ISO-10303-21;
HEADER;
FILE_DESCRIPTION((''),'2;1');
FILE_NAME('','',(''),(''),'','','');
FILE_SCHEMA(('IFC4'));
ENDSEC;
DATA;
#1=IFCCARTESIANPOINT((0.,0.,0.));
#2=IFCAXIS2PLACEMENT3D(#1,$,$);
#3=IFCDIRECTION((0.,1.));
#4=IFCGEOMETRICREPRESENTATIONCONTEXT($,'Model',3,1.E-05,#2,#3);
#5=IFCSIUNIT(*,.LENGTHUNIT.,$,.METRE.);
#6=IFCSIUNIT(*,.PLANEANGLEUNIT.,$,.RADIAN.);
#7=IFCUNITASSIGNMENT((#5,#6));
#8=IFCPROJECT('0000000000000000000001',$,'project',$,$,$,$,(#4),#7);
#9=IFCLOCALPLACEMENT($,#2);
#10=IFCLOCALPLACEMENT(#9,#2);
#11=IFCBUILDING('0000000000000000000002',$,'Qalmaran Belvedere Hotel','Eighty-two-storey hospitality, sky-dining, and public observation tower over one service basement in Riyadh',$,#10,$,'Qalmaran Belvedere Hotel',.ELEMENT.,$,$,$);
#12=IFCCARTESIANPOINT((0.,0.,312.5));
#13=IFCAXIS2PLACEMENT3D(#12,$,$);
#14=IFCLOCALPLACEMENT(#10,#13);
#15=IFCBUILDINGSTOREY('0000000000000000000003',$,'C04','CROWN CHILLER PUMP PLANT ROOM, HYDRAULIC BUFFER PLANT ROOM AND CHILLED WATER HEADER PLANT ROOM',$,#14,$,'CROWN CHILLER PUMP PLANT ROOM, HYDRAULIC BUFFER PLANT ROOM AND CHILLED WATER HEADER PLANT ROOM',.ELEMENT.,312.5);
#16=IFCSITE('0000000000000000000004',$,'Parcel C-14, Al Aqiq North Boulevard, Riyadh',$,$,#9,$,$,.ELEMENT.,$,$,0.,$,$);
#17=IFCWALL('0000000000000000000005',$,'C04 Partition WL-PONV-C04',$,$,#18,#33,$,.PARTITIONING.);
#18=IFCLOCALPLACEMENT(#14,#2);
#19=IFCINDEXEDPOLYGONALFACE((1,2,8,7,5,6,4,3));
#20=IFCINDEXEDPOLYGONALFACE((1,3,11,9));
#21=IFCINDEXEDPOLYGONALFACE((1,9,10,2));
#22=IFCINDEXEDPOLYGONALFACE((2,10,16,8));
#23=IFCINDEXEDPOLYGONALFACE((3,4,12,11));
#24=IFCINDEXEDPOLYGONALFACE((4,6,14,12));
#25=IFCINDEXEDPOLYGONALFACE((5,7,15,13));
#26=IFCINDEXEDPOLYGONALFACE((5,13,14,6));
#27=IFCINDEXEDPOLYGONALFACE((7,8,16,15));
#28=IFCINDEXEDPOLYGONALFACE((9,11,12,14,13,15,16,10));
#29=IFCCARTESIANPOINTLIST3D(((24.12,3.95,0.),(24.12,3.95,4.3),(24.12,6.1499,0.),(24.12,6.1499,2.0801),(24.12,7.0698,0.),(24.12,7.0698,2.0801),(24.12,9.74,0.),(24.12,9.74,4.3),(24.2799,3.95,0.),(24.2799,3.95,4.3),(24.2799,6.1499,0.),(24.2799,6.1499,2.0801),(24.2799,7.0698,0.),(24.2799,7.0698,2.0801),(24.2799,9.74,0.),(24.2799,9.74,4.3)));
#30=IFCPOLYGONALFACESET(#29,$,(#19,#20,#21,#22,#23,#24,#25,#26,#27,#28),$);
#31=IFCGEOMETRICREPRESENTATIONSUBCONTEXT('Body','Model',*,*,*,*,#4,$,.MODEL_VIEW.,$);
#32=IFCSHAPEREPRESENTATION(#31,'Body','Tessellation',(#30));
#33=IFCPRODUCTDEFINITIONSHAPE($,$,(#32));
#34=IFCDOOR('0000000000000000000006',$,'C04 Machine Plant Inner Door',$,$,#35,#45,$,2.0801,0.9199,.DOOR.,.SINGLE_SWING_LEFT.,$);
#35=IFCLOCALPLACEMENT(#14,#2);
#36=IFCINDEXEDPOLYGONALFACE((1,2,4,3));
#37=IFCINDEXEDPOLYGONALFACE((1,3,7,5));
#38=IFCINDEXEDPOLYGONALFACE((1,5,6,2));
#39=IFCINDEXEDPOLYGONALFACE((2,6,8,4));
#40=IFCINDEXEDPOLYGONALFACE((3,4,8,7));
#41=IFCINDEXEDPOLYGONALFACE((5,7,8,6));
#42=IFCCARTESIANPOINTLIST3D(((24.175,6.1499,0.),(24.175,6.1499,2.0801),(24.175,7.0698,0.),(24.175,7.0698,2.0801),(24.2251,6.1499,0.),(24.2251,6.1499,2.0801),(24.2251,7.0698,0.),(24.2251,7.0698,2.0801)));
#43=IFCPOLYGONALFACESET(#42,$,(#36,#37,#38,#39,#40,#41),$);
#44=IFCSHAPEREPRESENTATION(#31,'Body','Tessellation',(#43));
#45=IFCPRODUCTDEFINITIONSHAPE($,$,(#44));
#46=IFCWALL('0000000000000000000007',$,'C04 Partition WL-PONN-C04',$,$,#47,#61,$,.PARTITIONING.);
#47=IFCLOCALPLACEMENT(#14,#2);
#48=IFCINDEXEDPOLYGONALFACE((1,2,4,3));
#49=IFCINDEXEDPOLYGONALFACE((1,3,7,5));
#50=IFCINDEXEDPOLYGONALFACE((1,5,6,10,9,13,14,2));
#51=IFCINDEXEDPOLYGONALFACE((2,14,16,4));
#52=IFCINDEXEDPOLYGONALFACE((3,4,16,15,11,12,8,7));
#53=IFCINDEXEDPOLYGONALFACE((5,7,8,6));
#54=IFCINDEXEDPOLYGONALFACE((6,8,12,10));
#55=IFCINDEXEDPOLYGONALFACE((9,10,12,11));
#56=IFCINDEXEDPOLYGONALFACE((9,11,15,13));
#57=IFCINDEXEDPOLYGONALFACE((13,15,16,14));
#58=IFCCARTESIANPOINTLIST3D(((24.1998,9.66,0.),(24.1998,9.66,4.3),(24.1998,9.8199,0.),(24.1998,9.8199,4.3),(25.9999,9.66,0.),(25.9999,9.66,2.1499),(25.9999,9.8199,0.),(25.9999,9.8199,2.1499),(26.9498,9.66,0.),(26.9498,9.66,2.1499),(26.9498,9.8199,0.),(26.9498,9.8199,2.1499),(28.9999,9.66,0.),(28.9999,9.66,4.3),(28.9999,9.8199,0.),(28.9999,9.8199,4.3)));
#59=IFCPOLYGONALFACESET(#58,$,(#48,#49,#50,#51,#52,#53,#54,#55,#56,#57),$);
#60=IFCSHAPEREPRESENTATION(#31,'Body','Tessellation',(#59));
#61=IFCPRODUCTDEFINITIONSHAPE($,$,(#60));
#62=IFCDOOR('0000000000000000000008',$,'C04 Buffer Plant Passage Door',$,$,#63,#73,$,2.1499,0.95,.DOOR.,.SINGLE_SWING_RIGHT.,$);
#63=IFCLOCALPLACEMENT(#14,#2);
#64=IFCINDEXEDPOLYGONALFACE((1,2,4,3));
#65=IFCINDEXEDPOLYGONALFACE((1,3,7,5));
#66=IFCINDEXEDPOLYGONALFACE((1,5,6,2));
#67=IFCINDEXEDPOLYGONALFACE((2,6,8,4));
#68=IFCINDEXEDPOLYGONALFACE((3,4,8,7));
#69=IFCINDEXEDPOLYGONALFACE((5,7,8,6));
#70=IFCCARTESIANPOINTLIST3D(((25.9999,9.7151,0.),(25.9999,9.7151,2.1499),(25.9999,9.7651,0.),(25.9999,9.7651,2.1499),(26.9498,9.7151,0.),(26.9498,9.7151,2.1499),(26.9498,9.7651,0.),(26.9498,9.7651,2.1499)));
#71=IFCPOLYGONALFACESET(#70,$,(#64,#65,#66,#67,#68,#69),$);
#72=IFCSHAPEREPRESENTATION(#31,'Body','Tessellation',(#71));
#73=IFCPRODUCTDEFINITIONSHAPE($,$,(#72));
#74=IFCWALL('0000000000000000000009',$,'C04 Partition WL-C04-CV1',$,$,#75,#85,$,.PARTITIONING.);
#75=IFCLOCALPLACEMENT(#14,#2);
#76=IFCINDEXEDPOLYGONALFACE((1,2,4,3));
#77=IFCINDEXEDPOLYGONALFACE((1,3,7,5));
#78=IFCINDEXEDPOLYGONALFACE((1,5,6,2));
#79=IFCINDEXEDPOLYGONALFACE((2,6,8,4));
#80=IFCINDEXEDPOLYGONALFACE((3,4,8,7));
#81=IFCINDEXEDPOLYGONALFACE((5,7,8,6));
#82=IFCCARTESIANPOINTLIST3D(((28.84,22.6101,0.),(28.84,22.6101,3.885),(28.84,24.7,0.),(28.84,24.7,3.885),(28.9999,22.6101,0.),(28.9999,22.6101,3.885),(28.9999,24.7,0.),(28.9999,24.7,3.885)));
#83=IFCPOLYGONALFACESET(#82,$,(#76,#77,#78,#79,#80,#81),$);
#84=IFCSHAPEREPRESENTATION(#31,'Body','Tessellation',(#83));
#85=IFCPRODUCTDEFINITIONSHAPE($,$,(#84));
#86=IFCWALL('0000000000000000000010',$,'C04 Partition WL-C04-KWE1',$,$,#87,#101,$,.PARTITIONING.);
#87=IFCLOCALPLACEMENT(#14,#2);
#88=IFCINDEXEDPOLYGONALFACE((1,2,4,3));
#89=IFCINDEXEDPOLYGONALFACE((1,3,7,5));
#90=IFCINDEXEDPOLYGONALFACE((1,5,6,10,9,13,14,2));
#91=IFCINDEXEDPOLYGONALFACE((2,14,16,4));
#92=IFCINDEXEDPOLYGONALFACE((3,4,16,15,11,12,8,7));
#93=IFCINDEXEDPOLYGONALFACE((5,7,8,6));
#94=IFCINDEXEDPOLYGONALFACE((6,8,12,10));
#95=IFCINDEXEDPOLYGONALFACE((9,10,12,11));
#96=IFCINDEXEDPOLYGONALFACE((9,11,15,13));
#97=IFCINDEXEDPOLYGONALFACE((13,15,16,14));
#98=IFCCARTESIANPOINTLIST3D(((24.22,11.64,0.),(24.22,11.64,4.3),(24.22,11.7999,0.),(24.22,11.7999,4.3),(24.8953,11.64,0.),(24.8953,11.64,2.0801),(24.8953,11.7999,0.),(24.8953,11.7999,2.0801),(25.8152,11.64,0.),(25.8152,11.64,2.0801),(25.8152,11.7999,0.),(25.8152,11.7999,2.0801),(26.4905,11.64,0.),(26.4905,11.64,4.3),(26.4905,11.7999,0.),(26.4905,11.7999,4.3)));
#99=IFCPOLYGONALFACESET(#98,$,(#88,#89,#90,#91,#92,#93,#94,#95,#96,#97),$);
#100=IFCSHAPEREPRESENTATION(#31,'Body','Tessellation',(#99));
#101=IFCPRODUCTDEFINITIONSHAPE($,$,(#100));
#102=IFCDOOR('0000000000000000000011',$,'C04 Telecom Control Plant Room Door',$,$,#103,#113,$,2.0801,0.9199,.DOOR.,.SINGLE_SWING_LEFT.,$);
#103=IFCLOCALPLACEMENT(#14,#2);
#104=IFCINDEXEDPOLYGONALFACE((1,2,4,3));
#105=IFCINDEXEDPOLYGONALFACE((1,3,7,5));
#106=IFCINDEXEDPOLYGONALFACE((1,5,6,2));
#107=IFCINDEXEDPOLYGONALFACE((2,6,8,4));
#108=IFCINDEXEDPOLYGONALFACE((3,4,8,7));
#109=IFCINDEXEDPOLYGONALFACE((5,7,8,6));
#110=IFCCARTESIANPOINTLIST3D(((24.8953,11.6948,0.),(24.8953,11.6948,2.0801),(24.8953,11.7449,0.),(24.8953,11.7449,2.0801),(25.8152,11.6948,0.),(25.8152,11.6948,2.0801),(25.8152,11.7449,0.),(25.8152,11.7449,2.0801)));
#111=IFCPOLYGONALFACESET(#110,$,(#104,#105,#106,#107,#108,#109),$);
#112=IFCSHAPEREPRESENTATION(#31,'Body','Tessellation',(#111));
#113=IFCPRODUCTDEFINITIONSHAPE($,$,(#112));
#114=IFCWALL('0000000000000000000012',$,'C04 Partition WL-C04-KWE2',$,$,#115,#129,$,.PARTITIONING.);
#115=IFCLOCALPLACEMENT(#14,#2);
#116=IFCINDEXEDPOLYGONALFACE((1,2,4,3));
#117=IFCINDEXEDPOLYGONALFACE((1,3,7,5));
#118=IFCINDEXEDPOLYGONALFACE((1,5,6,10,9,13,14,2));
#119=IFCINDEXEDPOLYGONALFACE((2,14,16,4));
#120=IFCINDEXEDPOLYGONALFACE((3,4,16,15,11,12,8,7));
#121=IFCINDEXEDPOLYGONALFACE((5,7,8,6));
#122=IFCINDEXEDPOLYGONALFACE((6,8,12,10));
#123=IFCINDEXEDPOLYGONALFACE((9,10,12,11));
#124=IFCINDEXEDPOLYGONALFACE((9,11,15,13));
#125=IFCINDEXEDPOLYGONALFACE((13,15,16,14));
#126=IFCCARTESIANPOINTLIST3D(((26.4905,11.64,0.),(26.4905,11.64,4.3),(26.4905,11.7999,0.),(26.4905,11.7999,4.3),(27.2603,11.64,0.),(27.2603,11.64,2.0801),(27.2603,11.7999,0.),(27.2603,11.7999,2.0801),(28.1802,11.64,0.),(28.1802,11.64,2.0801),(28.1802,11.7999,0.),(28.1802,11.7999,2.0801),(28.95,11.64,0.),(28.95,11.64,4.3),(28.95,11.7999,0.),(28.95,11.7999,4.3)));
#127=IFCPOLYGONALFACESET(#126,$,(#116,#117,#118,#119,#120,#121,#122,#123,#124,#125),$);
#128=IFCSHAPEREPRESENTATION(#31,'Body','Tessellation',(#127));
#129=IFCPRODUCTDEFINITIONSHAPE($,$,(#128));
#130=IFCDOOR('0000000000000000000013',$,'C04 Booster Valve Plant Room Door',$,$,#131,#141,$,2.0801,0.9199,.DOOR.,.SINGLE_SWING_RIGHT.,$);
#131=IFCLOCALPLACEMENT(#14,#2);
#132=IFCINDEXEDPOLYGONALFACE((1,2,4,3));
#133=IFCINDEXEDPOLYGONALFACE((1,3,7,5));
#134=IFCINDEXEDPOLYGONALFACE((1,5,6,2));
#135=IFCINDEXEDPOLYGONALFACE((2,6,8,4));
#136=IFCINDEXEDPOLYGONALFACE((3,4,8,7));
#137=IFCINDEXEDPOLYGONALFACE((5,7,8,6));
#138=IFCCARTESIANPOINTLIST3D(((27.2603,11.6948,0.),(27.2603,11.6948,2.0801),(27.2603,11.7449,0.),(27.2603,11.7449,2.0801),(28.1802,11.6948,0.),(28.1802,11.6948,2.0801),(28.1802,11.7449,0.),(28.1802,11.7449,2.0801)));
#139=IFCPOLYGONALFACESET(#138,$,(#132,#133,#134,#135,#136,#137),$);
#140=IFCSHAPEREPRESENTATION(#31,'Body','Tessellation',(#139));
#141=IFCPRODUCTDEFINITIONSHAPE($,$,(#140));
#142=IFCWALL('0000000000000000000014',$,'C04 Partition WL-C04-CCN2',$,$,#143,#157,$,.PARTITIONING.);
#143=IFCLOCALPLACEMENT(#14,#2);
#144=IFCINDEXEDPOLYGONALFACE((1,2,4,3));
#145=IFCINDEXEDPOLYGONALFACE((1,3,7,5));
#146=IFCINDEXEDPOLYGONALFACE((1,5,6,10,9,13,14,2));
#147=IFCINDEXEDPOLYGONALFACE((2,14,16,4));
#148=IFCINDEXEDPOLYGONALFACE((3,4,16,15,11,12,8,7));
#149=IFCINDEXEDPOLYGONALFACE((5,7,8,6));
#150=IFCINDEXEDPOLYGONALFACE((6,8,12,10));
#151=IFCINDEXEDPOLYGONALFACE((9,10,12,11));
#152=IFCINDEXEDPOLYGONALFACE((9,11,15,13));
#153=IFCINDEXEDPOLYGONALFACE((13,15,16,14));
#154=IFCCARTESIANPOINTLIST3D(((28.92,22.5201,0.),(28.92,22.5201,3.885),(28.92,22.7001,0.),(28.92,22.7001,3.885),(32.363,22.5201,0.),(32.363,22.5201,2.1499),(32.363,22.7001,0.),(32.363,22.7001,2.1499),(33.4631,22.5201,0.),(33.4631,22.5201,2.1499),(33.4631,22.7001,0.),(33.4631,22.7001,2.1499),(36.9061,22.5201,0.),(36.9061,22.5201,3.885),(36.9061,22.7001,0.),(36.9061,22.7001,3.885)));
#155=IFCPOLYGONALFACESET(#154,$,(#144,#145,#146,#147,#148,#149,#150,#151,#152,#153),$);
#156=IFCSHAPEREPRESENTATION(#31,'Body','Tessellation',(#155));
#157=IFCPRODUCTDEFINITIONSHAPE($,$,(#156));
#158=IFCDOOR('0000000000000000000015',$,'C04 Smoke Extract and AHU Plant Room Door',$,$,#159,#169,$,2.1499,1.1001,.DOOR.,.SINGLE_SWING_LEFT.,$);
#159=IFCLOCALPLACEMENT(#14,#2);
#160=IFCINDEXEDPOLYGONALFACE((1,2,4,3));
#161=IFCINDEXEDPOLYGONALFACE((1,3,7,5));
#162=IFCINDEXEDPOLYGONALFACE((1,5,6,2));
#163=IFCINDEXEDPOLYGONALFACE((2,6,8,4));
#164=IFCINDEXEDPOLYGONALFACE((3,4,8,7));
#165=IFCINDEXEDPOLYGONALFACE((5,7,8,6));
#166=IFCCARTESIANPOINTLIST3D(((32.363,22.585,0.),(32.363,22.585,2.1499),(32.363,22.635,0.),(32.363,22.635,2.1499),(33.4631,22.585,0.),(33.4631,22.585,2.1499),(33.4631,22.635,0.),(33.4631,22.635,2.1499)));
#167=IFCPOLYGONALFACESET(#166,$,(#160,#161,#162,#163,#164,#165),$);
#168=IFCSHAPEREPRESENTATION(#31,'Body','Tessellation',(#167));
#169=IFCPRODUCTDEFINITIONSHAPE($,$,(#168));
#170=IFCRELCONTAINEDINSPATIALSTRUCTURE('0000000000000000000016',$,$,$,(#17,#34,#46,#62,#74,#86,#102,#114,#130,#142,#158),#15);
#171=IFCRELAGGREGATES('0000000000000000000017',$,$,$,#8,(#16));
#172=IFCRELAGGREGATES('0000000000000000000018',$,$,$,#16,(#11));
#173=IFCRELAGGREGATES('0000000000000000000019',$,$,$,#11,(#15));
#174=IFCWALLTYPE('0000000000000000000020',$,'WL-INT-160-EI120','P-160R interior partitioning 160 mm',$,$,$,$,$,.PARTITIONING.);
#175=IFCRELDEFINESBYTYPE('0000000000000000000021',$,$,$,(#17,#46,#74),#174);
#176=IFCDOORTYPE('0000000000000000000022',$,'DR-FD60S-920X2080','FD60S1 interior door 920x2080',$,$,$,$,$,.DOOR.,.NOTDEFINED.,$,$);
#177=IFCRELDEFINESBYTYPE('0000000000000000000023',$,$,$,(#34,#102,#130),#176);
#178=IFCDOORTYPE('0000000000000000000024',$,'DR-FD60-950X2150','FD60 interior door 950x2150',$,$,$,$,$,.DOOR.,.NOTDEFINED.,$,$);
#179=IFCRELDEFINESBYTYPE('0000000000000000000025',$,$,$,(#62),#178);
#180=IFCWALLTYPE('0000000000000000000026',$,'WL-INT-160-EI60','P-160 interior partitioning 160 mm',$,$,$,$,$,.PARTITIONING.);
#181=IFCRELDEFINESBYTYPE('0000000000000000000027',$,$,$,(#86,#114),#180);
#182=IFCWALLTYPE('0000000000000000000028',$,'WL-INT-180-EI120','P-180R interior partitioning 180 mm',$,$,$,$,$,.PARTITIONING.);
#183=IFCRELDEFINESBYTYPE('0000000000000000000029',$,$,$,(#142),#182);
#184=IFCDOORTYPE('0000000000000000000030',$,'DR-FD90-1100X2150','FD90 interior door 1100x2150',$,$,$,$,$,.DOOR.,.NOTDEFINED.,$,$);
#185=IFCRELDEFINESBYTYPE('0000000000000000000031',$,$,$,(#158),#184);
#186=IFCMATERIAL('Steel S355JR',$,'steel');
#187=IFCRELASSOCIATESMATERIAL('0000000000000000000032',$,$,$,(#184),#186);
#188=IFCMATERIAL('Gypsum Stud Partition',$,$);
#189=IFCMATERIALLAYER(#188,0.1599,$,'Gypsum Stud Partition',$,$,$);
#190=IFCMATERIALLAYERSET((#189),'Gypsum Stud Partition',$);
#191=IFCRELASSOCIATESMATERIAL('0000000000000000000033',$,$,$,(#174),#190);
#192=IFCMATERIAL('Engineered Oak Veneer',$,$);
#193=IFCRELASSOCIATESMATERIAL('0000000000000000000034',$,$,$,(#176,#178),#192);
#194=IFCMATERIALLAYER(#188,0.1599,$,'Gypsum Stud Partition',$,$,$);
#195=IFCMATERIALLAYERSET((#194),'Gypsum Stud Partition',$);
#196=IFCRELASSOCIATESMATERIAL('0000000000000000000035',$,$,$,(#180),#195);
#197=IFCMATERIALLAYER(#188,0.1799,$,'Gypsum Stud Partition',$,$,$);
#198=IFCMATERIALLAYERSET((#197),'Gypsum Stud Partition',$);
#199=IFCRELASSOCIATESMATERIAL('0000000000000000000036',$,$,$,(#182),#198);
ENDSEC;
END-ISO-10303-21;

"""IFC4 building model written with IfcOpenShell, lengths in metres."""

from ifc_helpers import new_model, si_unit, direction, frame, frame_2d, origin, place, context, subcontext, project, spatial, rectangle, extrude, material, layer, layer_set, type_object, element, fill, save


model = new_model("IFC4")

# Units and contexts
model_context = context("Model", 3, precision=1e-05, world=origin(), true_north=direction((0.0, 1.0)))
body_context = subcontext(model_context, "Body", "Model", "MODEL_VIEW")
ifc_project = project(units=[si_unit("LENGTHUNIT", "METRE"), si_unit("PLANEANGLEUNIT", "RADIAN")], contexts=[model_context])

# Site, building, storey
site_placement = place(None, origin())
site = spatial("IfcSite", under=ifc_project, at=site_placement, Name="Parcel C-14, Al Aqiq North Boulevard, Riyadh", CompositionType="ELEMENT", RefElevation=0.0)
building_placement = place(site_placement, origin())
building = spatial("IfcBuilding", under=site, at=building_placement, Name="Qalmaran Belvedere Hotel", Description="Eighty-two-storey hospitality, sky-dining, and public observation tower over one service basement in Riyadh", LongName="Qalmaran Belvedere Hotel", CompositionType="ELEMENT")
storey_placement = place(building_placement, frame((0.0, 0.0, 312.5)))
storey = spatial("IfcBuildingStorey", under=building, at=storey_placement, Name="C04", Description="CROWN CHILLER PUMP PLANT ROOM, HYDRAULIC BUFFER PLANT ROOM AND CHILLED WATER HEADER PLANT ROOM", LongName="CROWN CHILLER PUMP PLANT ROOM, HYDRAULIC BUFFER PLANT ROOM AND CHILLED WATER HEADER PLANT ROOM", CompositionType="ELEMENT", Elevation=312.5)

# Shared definitions
ifc_material_1 = material(Name="Steel S355JR", Category="steel")

# Shared definitions
door_type_1 = type_object("IfcDoorType", Name="DR-FD90-1100X2150", Description="FD90 interior door 1100x2150", OperationType="NOTDEFINED", PredefinedType="DOOR", material=ifc_material_1)

# Shared definitions
ifc_material_2 = material(Name="Gypsum Stud Partition")

# Shared definitions
ifc_layer_1 = layer(ifc_material_2, 0.1599, Name="Gypsum Stud Partition")
ifc_layer_set_1 = layer_set([ifc_layer_1], Name="Gypsum Stud Partition")
wall_type_1 = type_object("IfcWallType", Name="WL-INT-160-EI120", Description="P-160R interior partitioning 160 mm", PredefinedType="PARTITIONING", material=ifc_layer_set_1)

# Walls, openings, doors
wall_1_placement = place(storey_placement, frame((24.2, 3.95, 0.0), z_axis=(0.0, 0.0, 1.0), x_axis=(0.0, 1.0, 0.0)))
wall_1 = element("IfcWall", 1, at=wall_1_placement, inside=storey, type_object=wall_type_1, Name="C04 Partition WL-PONV-C04", PredefinedType="PARTITIONING", context=body_context, shape_type="SweptSolid", body=[
    extrude(rectangle(XDim=5.79, YDim=0.1599, at=frame_2d((2.895, 0.0))), origin(), (0.0, 0.0, 1.0), 4.3),
])
opening_1_placement = place(wall_1_placement, frame((2.2, 0.0, 0.0)))
opening_1 = element("IfcOpeningElement", 2, at=opening_1_placement, cuts=wall_1, PredefinedType="OPENING", context=body_context, shape_type="SweptSolid", body=[
    extrude(rectangle(XDim=0.9199, YDim=2.0801, at=frame_2d((0.46, 1.04))), frame((0.0, 0.0898, 0.0), z_axis=(0.0, -1.0, 0.0), x_axis=(1.0, 0.0, 0.0)), (0.0, 0.0, 1.0), 0.1799),
])
ifc_material_3 = material(Name="Engineered Oak Veneer")
door_type_2 = type_object("IfcDoorType", Name="DR-FD60S-920X2080", Description="FD60S1 interior door 920x2080", OperationType="NOTDEFINED", PredefinedType="DOOR", material=ifc_material_3)
door_1_placement = place(opening_1_placement, origin())
door_1 = element("IfcDoor", 3, at=door_1_placement, inside=storey, type_object=door_type_2, Name="C04 Machine Plant Inner Door", OperationType="SINGLE_SWING_LEFT", OverallHeight=2.0801, OverallWidth=0.9199, PredefinedType="DOOR", context=body_context, shape_type="SweptSolid", body=[
    extrude(rectangle(XDim=0.9199, YDim=2.0801, at=frame_2d((0.46, 1.04))), frame((0.0, 0.0249, 0.0), z_axis=(0.0, -1.0, 0.0), x_axis=(1.0, 0.0, 0.0)), (0.0, 0.0, 1.0), 0.05),
])
fill(opening_1, door_1)
wall_2_placement = place(storey_placement, frame((24.2, 9.74, 0.0), z_axis=(0.0, 0.0, 1.0), x_axis=(1.0, 0.0, 0.0)))
wall_2 = element("IfcWall", 4, at=wall_2_placement, inside=storey, type_object=wall_type_1, Name="C04 Partition WL-PONN-C04", PredefinedType="PARTITIONING", context=body_context, shape_type="SweptSolid", body=[
    extrude(rectangle(XDim=4.8, YDim=0.1599, at=frame_2d((2.3999, 0.0))), origin(), (0.0, 0.0, 1.0), 4.3),
])
opening_2_placement = place(wall_2_placement, frame((2.75, 0.0, 0.0), z_axis=(0.0, 0.0, 1.0), x_axis=(-1.0, 0.0, 0.0)))
opening_2 = element("IfcOpeningElement", 5, at=opening_2_placement, cuts=wall_2, PredefinedType="OPENING", context=body_context, shape_type="SweptSolid", body=[
    extrude(rectangle(XDim=0.95, YDim=2.1499, at=frame_2d((0.4751, 1.075))), frame((0.0, 0.0898, 0.0), z_axis=(0.0, -1.0, 0.0), x_axis=(1.0, 0.0, 0.0)), (0.0, 0.0, 1.0), 0.1799),
])
door_type_3 = type_object("IfcDoorType", Name="DR-FD60-950X2150", Description="FD60 interior door 950x2150", OperationType="NOTDEFINED", PredefinedType="DOOR", material=ifc_material_3)
door_2_placement = place(opening_2_placement, origin())
door_2 = element("IfcDoor", 6, at=door_2_placement, inside=storey, type_object=door_type_3, Name="C04 Buffer Plant Passage Door", OperationType="SINGLE_SWING_RIGHT", OverallHeight=2.1499, OverallWidth=0.95, PredefinedType="DOOR", context=body_context, shape_type="SweptSolid", body=[
    extrude(rectangle(XDim=0.95, YDim=2.1499, at=frame_2d((0.4751, 1.075))), frame((0.0, 0.0249, 0.0), z_axis=(0.0, -1.0, 0.0), x_axis=(1.0, 0.0, 0.0)), (0.0, 0.0, 1.0), 0.05),
])
fill(opening_2, door_2)

# Wall
wall_3_placement = place(storey_placement, frame((28.9199, 22.6101, 0.0), z_axis=(0.0, 0.0, 1.0), x_axis=(0.0, 1.0, 0.0)))
element("IfcWall", 7, at=wall_3_placement, inside=storey, type_object=wall_type_1, Name="C04 Partition WL-C04-CV1", PredefinedType="PARTITIONING", context=body_context, shape_type="SweptSolid", body=[
    extrude(rectangle(XDim=2.0898, YDim=0.1599, at=frame_2d((1.0449, 0.0))), origin(), (0.0, 0.0, 1.0), 3.885),
])

# Walls, openings, doors
ifc_layer_2 = layer(ifc_material_2, 0.1599, Name="Gypsum Stud Partition")
ifc_layer_set_2 = layer_set([ifc_layer_2], Name="Gypsum Stud Partition")
wall_type_2 = type_object("IfcWallType", Name="WL-INT-160-EI60", Description="P-160 interior partitioning 160 mm", PredefinedType="PARTITIONING", material=ifc_layer_set_2)
wall_4_placement = place(storey_placement, frame((24.22, 11.72, 0.0), z_axis=(0.0, 0.0, 1.0), x_axis=(1.0, 0.0, 0.0)))
wall_4 = element("IfcWall", 8, at=wall_4_placement, inside=storey, type_object=wall_type_2, Name="C04 Partition WL-C04-KWE1", PredefinedType="PARTITIONING", context=body_context, shape_type="SweptSolid", body=[
    extrude(rectangle(XDim=2.2705, YDim=0.1599, at=frame_2d((1.1353, 0.0))), origin(), (0.0, 0.0, 1.0), 4.3),
])
opening_3_placement = place(wall_4_placement, frame((0.6753, 0.0, 0.0)))
opening_3 = element("IfcOpeningElement", 9, at=opening_3_placement, cuts=wall_4, PredefinedType="OPENING", context=body_context, shape_type="SweptSolid", body=[
    extrude(rectangle(XDim=0.9199, YDim=2.0801, at=frame_2d((0.46, 1.04))), frame((0.0, 0.0898, 0.0), z_axis=(0.0, -1.0, 0.0), x_axis=(1.0, 0.0, 0.0)), (0.0, 0.0, 1.0), 0.1799),
])
door_3_placement = place(opening_3_placement, origin())
door_3 = element("IfcDoor", 10, at=door_3_placement, inside=storey, type_object=door_type_2, Name="C04 Telecom Control Plant Room Door", OperationType="SINGLE_SWING_LEFT", OverallHeight=2.0801, OverallWidth=0.9199, PredefinedType="DOOR", context=body_context, shape_type="SweptSolid", body=[
    extrude(rectangle(XDim=0.9199, YDim=2.0801, at=frame_2d((0.46, 1.04))), frame((0.0, 0.0249, 0.0), z_axis=(0.0, -1.0, 0.0), x_axis=(1.0, 0.0, 0.0)), (0.0, 0.0, 1.0), 0.05),
])
fill(opening_3, door_3)
wall_5_placement = place(storey_placement, frame((26.4905, 11.72, 0.0), z_axis=(0.0, 0.0, 1.0), x_axis=(1.0, 0.0, 0.0)))
wall_5 = element("IfcWall", 11, at=wall_5_placement, inside=storey, type_object=wall_type_2, Name="C04 Partition WL-C04-KWE2", PredefinedType="PARTITIONING", context=body_context, shape_type="SweptSolid", body=[
    extrude(rectangle(XDim=2.4595, YDim=0.1599, at=frame_2d((1.2297, 0.0))), origin(), (0.0, 0.0, 1.0), 4.3),
])
opening_4_placement = place(wall_5_placement, frame((0.7698, 0.0, 0.0)))
opening_4 = element("IfcOpeningElement", 12, at=opening_4_placement, cuts=wall_5, PredefinedType="OPENING", context=body_context, shape_type="SweptSolid", body=[
    extrude(rectangle(XDim=0.9199, YDim=2.0801, at=frame_2d((0.46, 1.04))), frame((0.0, 0.0898, 0.0), z_axis=(0.0, -1.0, 0.0), x_axis=(1.0, 0.0, 0.0)), (0.0, 0.0, 1.0), 0.1799),
])
door_4_placement = place(opening_4_placement, origin())
door_4 = element("IfcDoor", 13, at=door_4_placement, inside=storey, type_object=door_type_2, Name="C04 Booster Valve Plant Room Door", OperationType="SINGLE_SWING_RIGHT", OverallHeight=2.0801, OverallWidth=0.9199, PredefinedType="DOOR", context=body_context, shape_type="SweptSolid", body=[
    extrude(rectangle(XDim=0.9199, YDim=2.0801, at=frame_2d((0.46, 1.04))), frame((0.0, 0.0249, 0.0), z_axis=(0.0, -1.0, 0.0), x_axis=(1.0, 0.0, 0.0)), (0.0, 0.0, 1.0), 0.05),
])
fill(opening_4, door_4)
ifc_layer_3 = layer(ifc_material_2, 0.1799, Name="Gypsum Stud Partition")
ifc_layer_set_3 = layer_set([ifc_layer_3], Name="Gypsum Stud Partition")
wall_type_3 = type_object("IfcWallType", Name="WL-INT-180-EI120", Description="P-180R interior partitioning 180 mm", PredefinedType="PARTITIONING", material=ifc_layer_set_3)
wall_6_placement = place(storey_placement, frame((28.9199, 22.6101, 0.0), z_axis=(0.0, 0.0, 1.0), x_axis=(1.0, 0.0, 0.0)))
wall_6 = element("IfcWall", 14, at=wall_6_placement, inside=storey, type_object=wall_type_3, Name="C04 Partition WL-C04-CCN2", PredefinedType="PARTITIONING", context=body_context, shape_type="SweptSolid", body=[
    extrude(rectangle(XDim=7.9861, YDim=0.1799, at=frame_2d((3.9932, 0.0))), origin(), (0.0, 0.0, 1.0), 3.885),
])
opening_5_placement = place(wall_6_placement, frame((3.4431, 0.0, 0.0)))
opening_5 = element("IfcOpeningElement", 15, at=opening_5_placement, cuts=wall_6, PredefinedType="OPENING", context=body_context, shape_type="SweptSolid", body=[
    extrude(rectangle(XDim=1.1001, YDim=2.1499, at=frame_2d((0.55, 1.075))), frame((0.0, 0.1001, 0.0), z_axis=(0.0, -1.0, 0.0), x_axis=(1.0, 0.0, 0.0)), (0.0, 0.0, 1.0), 0.2),
])
door_5_placement = place(opening_5_placement, origin())
door_5 = element("IfcDoor", 16, at=door_5_placement, inside=storey, type_object=door_type_1, Name="C04 Smoke Extract and AHU Plant Room Door", OperationType="SINGLE_SWING_LEFT", OverallHeight=2.1499, OverallWidth=1.1001, PredefinedType="DOOR", context=body_context, shape_type="SweptSolid", body=[
    extrude(rectangle(XDim=1.1001, YDim=2.1499, at=frame_2d((0.55, 1.075))), frame((0.0, 0.0249, 0.0), z_axis=(0.0, -1.0, 0.0), x_axis=(1.0, 0.0, 0.0)), (0.0, 0.0, 1.0), 0.05),
])
fill(opening_5, door_5)

save(model, "model.ifc")
